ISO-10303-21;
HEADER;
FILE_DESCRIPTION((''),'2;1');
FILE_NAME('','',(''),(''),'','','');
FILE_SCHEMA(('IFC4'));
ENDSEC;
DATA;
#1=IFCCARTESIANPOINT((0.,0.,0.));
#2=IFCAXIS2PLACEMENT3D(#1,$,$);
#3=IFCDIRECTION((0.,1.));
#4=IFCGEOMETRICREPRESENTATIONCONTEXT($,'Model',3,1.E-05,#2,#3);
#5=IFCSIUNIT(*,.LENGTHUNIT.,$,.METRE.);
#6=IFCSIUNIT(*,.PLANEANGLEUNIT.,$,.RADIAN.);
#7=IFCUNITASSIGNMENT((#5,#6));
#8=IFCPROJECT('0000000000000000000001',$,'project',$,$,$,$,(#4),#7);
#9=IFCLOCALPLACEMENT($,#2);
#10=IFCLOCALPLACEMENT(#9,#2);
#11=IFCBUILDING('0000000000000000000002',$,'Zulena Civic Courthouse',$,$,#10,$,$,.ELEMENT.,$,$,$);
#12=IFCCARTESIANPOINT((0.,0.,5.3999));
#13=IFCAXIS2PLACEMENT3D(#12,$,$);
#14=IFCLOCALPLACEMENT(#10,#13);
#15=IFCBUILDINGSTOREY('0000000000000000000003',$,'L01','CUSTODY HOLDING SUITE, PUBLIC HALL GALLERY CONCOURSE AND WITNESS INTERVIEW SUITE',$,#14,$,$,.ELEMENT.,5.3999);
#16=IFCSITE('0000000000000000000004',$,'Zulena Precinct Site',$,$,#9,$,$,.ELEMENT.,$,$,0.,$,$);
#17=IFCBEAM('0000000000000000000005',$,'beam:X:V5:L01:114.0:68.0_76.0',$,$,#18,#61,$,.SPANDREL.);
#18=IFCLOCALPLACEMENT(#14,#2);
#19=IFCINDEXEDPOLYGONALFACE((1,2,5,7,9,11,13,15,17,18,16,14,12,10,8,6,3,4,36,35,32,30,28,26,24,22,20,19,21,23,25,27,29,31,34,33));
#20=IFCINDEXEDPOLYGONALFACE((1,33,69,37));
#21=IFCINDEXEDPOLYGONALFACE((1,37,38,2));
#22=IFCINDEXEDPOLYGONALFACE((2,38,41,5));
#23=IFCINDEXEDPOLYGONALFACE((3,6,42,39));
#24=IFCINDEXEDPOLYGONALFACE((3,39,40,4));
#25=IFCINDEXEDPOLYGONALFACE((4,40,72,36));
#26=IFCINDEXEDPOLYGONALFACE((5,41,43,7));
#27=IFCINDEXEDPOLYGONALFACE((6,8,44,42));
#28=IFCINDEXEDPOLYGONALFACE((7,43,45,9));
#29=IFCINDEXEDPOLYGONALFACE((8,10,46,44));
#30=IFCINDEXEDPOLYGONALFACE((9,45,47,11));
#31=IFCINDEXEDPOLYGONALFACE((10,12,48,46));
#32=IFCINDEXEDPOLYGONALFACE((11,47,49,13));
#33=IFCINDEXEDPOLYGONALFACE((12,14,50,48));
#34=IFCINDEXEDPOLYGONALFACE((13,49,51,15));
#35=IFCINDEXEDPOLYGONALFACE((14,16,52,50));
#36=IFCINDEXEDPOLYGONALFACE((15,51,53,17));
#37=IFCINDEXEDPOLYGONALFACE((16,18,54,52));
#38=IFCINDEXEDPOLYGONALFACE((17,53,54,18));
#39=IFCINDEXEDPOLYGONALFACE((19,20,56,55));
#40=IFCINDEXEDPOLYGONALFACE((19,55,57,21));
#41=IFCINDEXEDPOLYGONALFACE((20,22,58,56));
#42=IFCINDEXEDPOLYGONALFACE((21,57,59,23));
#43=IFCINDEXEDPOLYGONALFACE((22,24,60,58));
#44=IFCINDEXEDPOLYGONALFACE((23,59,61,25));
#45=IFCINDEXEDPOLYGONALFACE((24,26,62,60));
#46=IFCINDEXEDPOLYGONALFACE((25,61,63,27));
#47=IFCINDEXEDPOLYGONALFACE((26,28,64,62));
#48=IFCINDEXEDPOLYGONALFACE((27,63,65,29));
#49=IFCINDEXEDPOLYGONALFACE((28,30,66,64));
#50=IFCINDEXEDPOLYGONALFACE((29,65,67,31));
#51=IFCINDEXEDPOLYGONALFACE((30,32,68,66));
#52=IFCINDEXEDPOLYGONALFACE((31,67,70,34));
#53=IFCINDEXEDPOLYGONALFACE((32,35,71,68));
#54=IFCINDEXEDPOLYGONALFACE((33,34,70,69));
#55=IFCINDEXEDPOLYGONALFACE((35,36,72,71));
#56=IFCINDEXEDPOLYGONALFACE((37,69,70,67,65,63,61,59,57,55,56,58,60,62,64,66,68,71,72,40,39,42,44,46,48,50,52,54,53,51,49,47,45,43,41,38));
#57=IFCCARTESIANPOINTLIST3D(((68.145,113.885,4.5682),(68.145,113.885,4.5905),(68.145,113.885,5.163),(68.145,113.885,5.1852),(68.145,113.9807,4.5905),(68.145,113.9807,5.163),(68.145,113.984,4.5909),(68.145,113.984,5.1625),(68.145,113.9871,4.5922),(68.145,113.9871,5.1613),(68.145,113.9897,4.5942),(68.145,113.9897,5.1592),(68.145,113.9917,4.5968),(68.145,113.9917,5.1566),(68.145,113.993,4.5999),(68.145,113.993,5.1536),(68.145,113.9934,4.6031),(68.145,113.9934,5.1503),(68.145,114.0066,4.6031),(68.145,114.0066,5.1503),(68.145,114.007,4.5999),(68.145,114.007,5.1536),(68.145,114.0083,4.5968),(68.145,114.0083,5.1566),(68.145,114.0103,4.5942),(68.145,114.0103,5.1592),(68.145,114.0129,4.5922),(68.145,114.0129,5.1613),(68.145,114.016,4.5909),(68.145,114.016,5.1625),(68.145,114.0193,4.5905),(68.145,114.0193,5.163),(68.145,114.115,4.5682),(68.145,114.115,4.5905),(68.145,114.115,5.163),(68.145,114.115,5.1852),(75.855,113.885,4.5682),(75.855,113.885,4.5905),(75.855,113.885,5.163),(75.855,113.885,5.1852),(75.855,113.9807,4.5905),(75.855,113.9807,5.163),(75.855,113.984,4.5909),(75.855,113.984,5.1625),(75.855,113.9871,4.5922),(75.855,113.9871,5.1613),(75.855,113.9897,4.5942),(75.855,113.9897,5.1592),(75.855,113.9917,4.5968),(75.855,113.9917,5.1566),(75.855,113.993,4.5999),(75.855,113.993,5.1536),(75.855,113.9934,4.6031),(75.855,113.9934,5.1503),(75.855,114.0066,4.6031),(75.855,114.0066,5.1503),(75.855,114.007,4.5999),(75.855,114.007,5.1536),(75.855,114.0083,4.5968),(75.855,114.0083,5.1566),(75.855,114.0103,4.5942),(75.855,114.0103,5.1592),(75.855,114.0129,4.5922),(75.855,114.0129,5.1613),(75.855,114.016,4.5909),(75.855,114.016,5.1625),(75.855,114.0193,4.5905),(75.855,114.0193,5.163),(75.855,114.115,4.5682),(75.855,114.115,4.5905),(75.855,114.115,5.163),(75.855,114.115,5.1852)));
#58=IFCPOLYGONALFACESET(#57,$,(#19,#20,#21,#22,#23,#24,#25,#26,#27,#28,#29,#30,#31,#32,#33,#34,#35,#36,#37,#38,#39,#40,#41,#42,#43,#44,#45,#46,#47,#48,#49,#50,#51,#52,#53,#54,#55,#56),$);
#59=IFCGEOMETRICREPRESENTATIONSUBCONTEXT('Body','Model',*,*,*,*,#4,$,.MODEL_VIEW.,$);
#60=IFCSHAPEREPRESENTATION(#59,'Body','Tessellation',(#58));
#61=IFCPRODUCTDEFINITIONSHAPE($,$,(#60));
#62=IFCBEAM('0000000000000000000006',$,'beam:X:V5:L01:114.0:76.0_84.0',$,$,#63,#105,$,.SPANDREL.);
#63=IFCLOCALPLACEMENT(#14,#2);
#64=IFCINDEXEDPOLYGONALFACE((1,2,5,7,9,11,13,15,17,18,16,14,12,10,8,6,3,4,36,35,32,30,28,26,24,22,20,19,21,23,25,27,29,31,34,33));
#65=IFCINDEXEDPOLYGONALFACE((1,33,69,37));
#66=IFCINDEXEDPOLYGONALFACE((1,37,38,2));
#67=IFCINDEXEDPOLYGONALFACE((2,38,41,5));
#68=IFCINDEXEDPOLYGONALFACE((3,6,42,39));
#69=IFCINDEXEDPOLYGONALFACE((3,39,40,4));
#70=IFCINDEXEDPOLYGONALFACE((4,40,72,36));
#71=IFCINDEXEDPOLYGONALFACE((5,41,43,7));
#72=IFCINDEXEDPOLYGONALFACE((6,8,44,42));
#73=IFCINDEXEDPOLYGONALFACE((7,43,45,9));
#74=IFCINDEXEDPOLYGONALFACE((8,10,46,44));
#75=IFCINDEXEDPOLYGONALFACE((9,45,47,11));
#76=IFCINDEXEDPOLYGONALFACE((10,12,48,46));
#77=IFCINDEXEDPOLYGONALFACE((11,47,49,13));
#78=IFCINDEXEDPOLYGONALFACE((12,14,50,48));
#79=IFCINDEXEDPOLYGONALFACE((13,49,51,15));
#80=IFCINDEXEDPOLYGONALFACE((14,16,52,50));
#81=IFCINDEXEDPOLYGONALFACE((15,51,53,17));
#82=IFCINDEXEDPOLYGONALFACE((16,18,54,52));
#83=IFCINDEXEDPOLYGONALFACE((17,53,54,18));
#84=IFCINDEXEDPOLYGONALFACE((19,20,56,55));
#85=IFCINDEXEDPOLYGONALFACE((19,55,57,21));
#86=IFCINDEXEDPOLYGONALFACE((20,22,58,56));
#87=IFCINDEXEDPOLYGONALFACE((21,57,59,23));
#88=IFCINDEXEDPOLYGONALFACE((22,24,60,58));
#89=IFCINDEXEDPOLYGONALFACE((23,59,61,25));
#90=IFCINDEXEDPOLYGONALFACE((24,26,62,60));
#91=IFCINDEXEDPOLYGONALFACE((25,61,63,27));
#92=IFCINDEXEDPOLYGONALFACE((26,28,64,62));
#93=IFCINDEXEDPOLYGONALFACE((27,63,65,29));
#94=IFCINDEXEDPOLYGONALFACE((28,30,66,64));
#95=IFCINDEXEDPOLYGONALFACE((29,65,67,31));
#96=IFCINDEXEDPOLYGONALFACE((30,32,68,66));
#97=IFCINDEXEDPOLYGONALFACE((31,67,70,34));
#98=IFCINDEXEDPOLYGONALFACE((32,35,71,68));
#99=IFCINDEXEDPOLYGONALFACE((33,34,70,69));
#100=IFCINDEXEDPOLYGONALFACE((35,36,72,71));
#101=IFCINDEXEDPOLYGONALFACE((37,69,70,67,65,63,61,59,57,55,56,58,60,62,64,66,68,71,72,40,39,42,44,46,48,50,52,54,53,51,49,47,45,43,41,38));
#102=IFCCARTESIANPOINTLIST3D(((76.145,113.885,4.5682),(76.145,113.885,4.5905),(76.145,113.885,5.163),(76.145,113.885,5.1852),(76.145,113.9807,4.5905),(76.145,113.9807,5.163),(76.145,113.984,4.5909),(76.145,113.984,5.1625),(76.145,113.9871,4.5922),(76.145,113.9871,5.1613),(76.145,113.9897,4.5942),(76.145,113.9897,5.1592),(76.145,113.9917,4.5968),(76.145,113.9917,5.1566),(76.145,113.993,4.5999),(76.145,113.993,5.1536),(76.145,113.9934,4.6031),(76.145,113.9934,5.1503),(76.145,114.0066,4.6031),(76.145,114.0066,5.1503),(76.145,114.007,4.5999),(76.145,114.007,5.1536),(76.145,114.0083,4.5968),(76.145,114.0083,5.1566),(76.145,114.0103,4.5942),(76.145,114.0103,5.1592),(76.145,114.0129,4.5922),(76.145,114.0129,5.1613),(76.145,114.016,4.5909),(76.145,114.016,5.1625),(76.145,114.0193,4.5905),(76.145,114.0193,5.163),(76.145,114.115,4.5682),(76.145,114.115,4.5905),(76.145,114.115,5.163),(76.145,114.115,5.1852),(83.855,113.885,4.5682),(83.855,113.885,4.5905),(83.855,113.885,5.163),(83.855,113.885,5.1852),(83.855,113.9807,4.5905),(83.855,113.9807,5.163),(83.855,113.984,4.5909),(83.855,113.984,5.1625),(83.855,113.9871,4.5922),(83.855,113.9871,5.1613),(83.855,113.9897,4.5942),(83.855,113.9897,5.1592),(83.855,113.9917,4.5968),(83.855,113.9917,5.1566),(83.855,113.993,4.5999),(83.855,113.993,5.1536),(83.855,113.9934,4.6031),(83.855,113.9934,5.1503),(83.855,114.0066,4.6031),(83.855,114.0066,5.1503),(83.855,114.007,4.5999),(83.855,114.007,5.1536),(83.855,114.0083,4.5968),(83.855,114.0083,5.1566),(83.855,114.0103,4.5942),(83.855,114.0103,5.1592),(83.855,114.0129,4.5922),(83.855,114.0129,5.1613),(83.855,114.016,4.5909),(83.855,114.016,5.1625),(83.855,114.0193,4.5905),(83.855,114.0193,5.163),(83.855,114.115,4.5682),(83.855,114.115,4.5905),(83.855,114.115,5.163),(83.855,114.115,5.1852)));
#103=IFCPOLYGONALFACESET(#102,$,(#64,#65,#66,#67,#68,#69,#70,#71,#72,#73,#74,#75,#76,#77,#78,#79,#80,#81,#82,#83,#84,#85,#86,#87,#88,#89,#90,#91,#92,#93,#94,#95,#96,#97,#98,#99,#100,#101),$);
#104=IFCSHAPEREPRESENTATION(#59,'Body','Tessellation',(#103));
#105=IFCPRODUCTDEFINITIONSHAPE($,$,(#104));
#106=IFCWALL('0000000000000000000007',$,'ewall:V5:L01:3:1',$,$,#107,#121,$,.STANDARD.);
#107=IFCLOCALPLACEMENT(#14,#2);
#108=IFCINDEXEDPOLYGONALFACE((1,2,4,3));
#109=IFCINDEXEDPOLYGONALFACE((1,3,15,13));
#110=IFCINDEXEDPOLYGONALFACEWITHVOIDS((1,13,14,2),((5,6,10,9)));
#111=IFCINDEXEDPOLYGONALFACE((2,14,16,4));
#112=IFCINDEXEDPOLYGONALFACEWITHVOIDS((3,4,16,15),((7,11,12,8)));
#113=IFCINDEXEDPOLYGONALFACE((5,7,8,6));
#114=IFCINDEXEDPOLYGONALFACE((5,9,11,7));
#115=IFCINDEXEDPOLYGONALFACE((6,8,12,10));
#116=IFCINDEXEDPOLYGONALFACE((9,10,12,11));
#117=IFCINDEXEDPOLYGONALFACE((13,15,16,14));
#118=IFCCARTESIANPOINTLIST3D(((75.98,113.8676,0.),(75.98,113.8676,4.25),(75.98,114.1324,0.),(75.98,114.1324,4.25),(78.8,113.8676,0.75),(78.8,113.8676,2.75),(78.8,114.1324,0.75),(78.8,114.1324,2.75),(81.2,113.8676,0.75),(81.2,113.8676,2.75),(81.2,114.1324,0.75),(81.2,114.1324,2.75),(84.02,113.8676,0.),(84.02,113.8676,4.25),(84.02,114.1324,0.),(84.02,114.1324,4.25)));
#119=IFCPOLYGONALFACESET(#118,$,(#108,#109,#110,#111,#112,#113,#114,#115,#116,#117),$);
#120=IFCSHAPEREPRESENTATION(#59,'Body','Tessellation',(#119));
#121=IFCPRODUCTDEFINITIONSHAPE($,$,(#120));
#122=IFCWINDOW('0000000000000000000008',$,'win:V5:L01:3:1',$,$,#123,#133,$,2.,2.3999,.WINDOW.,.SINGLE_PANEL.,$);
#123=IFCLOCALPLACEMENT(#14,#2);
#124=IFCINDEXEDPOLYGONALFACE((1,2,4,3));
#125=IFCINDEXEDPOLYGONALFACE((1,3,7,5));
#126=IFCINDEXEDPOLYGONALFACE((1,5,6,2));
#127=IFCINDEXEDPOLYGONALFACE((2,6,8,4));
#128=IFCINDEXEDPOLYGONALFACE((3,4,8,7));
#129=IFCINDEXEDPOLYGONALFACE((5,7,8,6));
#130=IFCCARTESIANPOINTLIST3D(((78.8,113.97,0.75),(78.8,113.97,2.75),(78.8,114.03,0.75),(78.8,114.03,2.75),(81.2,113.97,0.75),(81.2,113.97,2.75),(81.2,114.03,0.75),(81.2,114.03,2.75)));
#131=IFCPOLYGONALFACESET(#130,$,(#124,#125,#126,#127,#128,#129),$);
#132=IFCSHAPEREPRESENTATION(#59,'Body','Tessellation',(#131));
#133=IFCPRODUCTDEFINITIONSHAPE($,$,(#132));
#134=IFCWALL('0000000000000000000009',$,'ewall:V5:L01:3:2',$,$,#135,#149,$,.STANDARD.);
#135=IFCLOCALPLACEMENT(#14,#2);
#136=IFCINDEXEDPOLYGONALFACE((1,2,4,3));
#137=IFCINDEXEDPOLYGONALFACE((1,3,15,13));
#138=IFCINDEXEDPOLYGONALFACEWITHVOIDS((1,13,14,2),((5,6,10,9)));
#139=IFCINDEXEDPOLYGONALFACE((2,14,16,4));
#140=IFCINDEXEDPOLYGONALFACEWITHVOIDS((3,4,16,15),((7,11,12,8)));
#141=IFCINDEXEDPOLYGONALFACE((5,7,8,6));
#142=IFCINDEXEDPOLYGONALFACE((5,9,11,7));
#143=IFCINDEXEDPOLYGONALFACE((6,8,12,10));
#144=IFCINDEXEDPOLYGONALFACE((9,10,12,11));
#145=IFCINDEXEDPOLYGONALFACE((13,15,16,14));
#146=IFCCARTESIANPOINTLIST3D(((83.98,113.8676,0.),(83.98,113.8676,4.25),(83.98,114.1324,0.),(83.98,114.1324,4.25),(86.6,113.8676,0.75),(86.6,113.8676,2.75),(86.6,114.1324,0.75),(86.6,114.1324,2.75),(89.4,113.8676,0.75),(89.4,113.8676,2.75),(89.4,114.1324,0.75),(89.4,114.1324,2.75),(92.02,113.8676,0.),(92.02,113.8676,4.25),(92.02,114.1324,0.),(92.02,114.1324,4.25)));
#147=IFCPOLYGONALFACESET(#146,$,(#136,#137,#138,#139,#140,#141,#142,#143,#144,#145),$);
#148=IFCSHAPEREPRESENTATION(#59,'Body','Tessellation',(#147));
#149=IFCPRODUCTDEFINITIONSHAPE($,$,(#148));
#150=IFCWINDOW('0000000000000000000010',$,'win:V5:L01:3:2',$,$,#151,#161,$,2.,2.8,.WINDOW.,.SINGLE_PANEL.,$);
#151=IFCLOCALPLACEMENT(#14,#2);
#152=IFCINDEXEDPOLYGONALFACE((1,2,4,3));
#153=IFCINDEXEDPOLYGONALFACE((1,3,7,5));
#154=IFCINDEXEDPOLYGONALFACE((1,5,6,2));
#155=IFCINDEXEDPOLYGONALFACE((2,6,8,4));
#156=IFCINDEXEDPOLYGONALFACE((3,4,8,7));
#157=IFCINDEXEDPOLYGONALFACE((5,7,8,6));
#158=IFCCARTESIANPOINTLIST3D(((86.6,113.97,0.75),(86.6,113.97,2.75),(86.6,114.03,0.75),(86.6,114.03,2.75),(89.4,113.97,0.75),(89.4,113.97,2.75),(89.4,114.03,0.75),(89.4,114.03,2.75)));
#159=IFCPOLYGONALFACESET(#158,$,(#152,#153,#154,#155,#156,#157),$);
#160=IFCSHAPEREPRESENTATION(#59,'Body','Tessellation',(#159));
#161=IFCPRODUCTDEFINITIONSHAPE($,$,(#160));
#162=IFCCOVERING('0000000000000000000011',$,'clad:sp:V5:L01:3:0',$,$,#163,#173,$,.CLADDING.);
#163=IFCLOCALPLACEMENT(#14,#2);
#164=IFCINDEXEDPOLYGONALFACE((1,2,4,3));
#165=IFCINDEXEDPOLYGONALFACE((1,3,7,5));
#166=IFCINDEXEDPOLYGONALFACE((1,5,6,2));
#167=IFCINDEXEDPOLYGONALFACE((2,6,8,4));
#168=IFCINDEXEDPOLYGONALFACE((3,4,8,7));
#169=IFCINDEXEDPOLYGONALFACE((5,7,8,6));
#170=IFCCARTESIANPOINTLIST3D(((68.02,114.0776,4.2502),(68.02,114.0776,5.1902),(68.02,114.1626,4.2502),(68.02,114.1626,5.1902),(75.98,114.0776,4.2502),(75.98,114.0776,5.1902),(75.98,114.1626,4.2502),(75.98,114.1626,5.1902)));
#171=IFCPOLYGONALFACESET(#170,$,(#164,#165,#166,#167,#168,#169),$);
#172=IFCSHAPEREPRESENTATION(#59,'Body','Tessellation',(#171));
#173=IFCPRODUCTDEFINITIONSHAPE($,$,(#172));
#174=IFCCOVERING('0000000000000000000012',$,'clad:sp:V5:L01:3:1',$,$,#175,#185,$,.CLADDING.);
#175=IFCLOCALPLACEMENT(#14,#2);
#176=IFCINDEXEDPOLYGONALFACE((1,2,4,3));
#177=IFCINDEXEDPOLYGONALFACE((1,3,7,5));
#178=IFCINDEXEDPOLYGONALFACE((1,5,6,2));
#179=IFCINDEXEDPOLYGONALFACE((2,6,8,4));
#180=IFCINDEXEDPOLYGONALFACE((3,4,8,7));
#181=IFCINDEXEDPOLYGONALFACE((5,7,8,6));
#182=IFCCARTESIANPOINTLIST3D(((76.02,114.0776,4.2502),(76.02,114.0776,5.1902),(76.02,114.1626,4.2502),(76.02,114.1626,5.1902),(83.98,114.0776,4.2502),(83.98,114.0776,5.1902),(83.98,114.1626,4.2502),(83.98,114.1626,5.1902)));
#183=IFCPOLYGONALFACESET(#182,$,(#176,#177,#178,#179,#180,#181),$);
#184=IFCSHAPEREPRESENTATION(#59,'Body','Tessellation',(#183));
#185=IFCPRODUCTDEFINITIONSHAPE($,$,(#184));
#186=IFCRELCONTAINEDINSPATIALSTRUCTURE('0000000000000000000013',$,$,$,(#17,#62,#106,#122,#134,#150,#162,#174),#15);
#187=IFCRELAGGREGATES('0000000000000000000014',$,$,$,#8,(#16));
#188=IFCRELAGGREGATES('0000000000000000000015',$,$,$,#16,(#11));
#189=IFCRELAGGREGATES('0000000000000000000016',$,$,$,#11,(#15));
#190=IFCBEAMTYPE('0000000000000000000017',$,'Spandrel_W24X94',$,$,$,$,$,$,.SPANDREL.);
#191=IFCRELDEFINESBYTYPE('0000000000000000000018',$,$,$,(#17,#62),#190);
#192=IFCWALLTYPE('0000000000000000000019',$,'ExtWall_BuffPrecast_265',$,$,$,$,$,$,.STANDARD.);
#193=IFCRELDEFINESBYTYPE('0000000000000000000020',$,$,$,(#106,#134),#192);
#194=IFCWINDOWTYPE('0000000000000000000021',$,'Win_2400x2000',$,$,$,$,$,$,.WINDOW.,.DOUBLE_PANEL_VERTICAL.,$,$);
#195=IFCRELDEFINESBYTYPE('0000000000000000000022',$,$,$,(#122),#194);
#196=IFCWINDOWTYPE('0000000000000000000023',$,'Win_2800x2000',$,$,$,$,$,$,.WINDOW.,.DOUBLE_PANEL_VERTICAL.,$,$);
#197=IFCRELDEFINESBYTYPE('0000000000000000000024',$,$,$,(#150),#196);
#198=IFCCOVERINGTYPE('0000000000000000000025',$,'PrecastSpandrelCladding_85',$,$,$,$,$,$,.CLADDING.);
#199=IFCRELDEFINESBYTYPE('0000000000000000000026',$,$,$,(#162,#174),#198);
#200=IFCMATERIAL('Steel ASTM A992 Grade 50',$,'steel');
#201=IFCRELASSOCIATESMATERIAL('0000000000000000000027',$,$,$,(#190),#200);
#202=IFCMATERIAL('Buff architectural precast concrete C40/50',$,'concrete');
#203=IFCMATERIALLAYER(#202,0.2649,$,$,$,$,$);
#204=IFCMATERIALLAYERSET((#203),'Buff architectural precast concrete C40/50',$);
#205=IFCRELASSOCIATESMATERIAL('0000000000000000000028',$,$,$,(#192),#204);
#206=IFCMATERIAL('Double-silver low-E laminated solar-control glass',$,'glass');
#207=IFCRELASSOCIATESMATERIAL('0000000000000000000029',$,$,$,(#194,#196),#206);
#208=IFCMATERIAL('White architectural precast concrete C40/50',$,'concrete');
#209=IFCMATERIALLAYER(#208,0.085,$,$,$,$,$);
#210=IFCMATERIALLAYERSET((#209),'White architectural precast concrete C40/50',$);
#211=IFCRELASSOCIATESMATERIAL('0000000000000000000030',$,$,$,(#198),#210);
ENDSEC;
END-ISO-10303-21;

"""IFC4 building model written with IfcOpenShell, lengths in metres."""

from ifc_helpers import new_model, si_unit, direction, frame, frame_2d, origin, origin_2d, place, context, subcontext, project, spatial, rectangle, i_section, extrude, material, layer, layer_set, material_profile, profile_set, type_object, element, fill, save


model = new_model("IFC4")

# Units and contexts
model_context = context("Model", 3, precision=1e-05, world=origin(), true_north=direction((0.0, 1.0)))
body_context = subcontext(model_context, "Body", "Model", "MODEL_VIEW")
ifc_project = project(units=[si_unit("LENGTHUNIT", "METRE"), si_unit("PLANEANGLEUNIT", "RADIAN")], contexts=[model_context])

# Site, building, storey
site_placement = place(None, origin())
site = spatial("IfcSite", under=ifc_project, at=site_placement, Name="Zulena Precinct Site", CompositionType="ELEMENT", RefElevation=0.0)
building_placement = place(site_placement, origin())
building = spatial("IfcBuilding", under=site, at=building_placement, Name="Zulena Civic Courthouse", CompositionType="ELEMENT")
storey_placement = place(building_placement, frame((0.0, 0.0, 5.3999)))
storey = spatial("IfcBuildingStorey", under=building, at=storey_placement, Name="L01", Description="CUSTODY HOLDING SUITE, PUBLIC HALL GALLERY CONCOURSE AND WITNESS INTERVIEW SUITE", CompositionType="ELEMENT", Elevation=5.3999)

# Shared definitions
ifc_material_1 = material(Name="Steel ASTM A992 Grade 50", Category="steel")

# Beams
ifc_material_profile_1 = material_profile(ifc_material_1, i_section(OverallWidth=0.23, OverallDepth=0.6169, WebThickness=0.0132, FlangeThickness=0.0222, FilletRadius=0.0127, at=origin_2d()), Name="W24X94")
ifc_profile_set_1 = profile_set([ifc_material_profile_1], Name="Steel ASTM A992 Grade 50")
beam_type_1 = type_object("IfcBeamType", Name="Spandrel_W24X94", PredefinedType="SPANDREL", material=ifc_profile_set_1)
for number, where, z_axis, x_axis, name in (
    (1, (68.145, 114.0, 4.8767), (1.0, 0.0, 0.0), (0.0, 1.0, 0.0), "beam:X:V5:L01:114.0:68.0_76.0"),
    (2, (76.145, 114.0, 4.8767), (1.0, 0.0, 0.0), (0.0, 1.0, 0.0), "beam:X:V5:L01:114.0:76.0_84.0"),
):
    element("IfcBeam", number, at=place(storey_placement, frame(where, z_axis=z_axis, x_axis=x_axis)), inside=storey, type_object=beam_type_1, Name=name, PredefinedType="SPANDREL", context=body_context, shape_type="SweptSolid", body=[
        extrude(i_section(OverallWidth=0.23, OverallDepth=0.6169, WebThickness=0.0132, FlangeThickness=0.0222, FilletRadius=0.0127, at=origin_2d()), origin(), (0.0, 0.0, 1.0), 7.71),
    ])

# Walls, openings, windows
ifc_material_2 = material(Name="Buff architectural precast concrete C40/50", Category="concrete")
ifc_layer_1 = layer(ifc_material_2, 0.2649)
ifc_layer_set_1 = layer_set([ifc_layer_1], Name="Buff architectural precast concrete C40/50")
wall_type = type_object("IfcWallType", Name="ExtWall_BuffPrecast_265", PredefinedType="STANDARD", material=ifc_layer_set_1)
wall_1_placement = place(storey_placement, frame((75.98, 114.0, 0.0), z_axis=(0.0, 0.0, 1.0), x_axis=(1.0, 0.0, 0.0)))
wall_1 = element("IfcWall", 3, at=wall_1_placement, inside=storey, type_object=wall_type, Name="ewall:V5:L01:3:1", PredefinedType="STANDARD", context=body_context, shape_type="SweptSolid", body=[
    extrude(rectangle(XDim=8.04, YDim=0.2649, at=frame_2d((4.02, 0.0))), origin(), (0.0, 0.0, 1.0), 4.25),
])
opening_1_placement = place(wall_1_placement, frame((2.8201, 0.0, 0.75)))
opening_1 = element("IfcOpeningElement", 4, at=opening_1_placement, cuts=wall_1, PredefinedType="OPENING", context=body_context, shape_type="SweptSolid", body=[
    extrude(rectangle(XDim=2.3999, YDim=2.0, at=frame_2d((1.2, 1.0))), frame((0.0, 0.1423, 0.0), z_axis=(0.0, -1.0, 0.0), x_axis=(1.0, 0.0, 0.0)), (0.0, 0.0, 1.0), 0.2849),
])
ifc_material_3 = material(Name="Double-silver low-E laminated solar-control glass", Category="glass")
window_type_1 = type_object("IfcWindowType", Name="Win_2400x2000", PartitioningType="DOUBLE_PANEL_VERTICAL", PredefinedType="WINDOW", material=ifc_material_3)
window_1_placement = place(opening_1_placement, origin())
window_1 = element("IfcWindow", 5, at=window_1_placement, inside=storey, type_object=window_type_1, Name="win:V5:L01:3:1", OverallHeight=2.0, OverallWidth=2.3999, PartitioningType="SINGLE_PANEL", PredefinedType="WINDOW", context=body_context, shape_type="SweptSolid", body=[
    extrude(rectangle(XDim=2.3999, YDim=2.0, at=frame_2d((1.2, 1.0))), frame((0.0, 0.03, 0.0), z_axis=(0.0, -1.0, 0.0), x_axis=(1.0, 0.0, 0.0)), (0.0, 0.0, 1.0), 0.0601),
])
fill(opening_1, window_1)
wall_2_placement = place(storey_placement, frame((83.98, 114.0, 0.0), z_axis=(0.0, 0.0, 1.0), x_axis=(1.0, 0.0, 0.0)))
wall_2 = element("IfcWall", 6, at=wall_2_placement, inside=storey, type_object=wall_type, Name="ewall:V5:L01:3:2", PredefinedType="STANDARD", context=body_context, shape_type="SweptSolid", body=[
    extrude(rectangle(XDim=8.04, YDim=0.2649, at=frame_2d((4.02, 0.0))), origin(), (0.0, 0.0, 1.0), 4.25),
])
opening_2_placement = place(wall_2_placement, frame((2.6201, 0.0, 0.75)))
opening_2 = element("IfcOpeningElement", 7, at=opening_2_placement, cuts=wall_2, PredefinedType="OPENING", context=body_context, shape_type="SweptSolid", body=[
    extrude(rectangle(XDim=2.8, YDim=2.0, at=frame_2d((1.3999, 1.0))), frame((0.0, 0.1423, 0.0), z_axis=(0.0, -1.0, 0.0), x_axis=(1.0, 0.0, 0.0)), (0.0, 0.0, 1.0), 0.2849),
])
window_type_2 = type_object("IfcWindowType", Name="Win_2800x2000", PartitioningType="DOUBLE_PANEL_VERTICAL", PredefinedType="WINDOW", material=ifc_material_3)
window_2_placement = place(opening_2_placement, origin())
window_2 = element("IfcWindow", 8, at=window_2_placement, inside=storey, type_object=window_type_2, Name="win:V5:L01:3:2", OverallHeight=2.0, OverallWidth=2.8, PartitioningType="SINGLE_PANEL", PredefinedType="WINDOW", context=body_context, shape_type="SweptSolid", body=[
    extrude(rectangle(XDim=2.8, YDim=2.0, at=frame_2d((1.3999, 1.0))), frame((0.0, 0.03, 0.0), z_axis=(0.0, -1.0, 0.0), x_axis=(1.0, 0.0, 0.0)), (0.0, 0.0, 1.0), 0.0601),
])
fill(opening_2, window_2)

# Coverings
ifc_material_4 = material(Name="White architectural precast concrete C40/50", Category="concrete")
ifc_layer_2 = layer(ifc_material_4, 0.085)
ifc_layer_set_2 = layer_set([ifc_layer_2], Name="White architectural precast concrete C40/50")
covering_type = type_object("IfcCoveringType", Name="PrecastSpandrelCladding_85", PredefinedType="CLADDING", material=ifc_layer_set_2)
for number, where, z_axis, x_axis, name in (
    (9, (72.0, 114.1201, 4.2502), (0.0, 0.0, 1.0), (1.0, 0.0, 0.0), "clad:sp:V5:L01:3:0"),
    (10, (80.0, 114.1201, 4.2502), (0.0, 0.0, 1.0), (1.0, 0.0, 0.0), "clad:sp:V5:L01:3:1"),
):
    element("IfcCovering", number, at=place(storey_placement, frame(where, z_axis=z_axis, x_axis=x_axis)), inside=storey, type_object=covering_type, Name=name, PredefinedType="CLADDING", context=body_context, shape_type="SweptSolid", body=[
        extrude(rectangle(XDim=7.96, YDim=0.085, at=origin_2d()), origin(), (0.0, 0.0, 1.0), 0.9399),
    ])

save(model, "model.ifc")
